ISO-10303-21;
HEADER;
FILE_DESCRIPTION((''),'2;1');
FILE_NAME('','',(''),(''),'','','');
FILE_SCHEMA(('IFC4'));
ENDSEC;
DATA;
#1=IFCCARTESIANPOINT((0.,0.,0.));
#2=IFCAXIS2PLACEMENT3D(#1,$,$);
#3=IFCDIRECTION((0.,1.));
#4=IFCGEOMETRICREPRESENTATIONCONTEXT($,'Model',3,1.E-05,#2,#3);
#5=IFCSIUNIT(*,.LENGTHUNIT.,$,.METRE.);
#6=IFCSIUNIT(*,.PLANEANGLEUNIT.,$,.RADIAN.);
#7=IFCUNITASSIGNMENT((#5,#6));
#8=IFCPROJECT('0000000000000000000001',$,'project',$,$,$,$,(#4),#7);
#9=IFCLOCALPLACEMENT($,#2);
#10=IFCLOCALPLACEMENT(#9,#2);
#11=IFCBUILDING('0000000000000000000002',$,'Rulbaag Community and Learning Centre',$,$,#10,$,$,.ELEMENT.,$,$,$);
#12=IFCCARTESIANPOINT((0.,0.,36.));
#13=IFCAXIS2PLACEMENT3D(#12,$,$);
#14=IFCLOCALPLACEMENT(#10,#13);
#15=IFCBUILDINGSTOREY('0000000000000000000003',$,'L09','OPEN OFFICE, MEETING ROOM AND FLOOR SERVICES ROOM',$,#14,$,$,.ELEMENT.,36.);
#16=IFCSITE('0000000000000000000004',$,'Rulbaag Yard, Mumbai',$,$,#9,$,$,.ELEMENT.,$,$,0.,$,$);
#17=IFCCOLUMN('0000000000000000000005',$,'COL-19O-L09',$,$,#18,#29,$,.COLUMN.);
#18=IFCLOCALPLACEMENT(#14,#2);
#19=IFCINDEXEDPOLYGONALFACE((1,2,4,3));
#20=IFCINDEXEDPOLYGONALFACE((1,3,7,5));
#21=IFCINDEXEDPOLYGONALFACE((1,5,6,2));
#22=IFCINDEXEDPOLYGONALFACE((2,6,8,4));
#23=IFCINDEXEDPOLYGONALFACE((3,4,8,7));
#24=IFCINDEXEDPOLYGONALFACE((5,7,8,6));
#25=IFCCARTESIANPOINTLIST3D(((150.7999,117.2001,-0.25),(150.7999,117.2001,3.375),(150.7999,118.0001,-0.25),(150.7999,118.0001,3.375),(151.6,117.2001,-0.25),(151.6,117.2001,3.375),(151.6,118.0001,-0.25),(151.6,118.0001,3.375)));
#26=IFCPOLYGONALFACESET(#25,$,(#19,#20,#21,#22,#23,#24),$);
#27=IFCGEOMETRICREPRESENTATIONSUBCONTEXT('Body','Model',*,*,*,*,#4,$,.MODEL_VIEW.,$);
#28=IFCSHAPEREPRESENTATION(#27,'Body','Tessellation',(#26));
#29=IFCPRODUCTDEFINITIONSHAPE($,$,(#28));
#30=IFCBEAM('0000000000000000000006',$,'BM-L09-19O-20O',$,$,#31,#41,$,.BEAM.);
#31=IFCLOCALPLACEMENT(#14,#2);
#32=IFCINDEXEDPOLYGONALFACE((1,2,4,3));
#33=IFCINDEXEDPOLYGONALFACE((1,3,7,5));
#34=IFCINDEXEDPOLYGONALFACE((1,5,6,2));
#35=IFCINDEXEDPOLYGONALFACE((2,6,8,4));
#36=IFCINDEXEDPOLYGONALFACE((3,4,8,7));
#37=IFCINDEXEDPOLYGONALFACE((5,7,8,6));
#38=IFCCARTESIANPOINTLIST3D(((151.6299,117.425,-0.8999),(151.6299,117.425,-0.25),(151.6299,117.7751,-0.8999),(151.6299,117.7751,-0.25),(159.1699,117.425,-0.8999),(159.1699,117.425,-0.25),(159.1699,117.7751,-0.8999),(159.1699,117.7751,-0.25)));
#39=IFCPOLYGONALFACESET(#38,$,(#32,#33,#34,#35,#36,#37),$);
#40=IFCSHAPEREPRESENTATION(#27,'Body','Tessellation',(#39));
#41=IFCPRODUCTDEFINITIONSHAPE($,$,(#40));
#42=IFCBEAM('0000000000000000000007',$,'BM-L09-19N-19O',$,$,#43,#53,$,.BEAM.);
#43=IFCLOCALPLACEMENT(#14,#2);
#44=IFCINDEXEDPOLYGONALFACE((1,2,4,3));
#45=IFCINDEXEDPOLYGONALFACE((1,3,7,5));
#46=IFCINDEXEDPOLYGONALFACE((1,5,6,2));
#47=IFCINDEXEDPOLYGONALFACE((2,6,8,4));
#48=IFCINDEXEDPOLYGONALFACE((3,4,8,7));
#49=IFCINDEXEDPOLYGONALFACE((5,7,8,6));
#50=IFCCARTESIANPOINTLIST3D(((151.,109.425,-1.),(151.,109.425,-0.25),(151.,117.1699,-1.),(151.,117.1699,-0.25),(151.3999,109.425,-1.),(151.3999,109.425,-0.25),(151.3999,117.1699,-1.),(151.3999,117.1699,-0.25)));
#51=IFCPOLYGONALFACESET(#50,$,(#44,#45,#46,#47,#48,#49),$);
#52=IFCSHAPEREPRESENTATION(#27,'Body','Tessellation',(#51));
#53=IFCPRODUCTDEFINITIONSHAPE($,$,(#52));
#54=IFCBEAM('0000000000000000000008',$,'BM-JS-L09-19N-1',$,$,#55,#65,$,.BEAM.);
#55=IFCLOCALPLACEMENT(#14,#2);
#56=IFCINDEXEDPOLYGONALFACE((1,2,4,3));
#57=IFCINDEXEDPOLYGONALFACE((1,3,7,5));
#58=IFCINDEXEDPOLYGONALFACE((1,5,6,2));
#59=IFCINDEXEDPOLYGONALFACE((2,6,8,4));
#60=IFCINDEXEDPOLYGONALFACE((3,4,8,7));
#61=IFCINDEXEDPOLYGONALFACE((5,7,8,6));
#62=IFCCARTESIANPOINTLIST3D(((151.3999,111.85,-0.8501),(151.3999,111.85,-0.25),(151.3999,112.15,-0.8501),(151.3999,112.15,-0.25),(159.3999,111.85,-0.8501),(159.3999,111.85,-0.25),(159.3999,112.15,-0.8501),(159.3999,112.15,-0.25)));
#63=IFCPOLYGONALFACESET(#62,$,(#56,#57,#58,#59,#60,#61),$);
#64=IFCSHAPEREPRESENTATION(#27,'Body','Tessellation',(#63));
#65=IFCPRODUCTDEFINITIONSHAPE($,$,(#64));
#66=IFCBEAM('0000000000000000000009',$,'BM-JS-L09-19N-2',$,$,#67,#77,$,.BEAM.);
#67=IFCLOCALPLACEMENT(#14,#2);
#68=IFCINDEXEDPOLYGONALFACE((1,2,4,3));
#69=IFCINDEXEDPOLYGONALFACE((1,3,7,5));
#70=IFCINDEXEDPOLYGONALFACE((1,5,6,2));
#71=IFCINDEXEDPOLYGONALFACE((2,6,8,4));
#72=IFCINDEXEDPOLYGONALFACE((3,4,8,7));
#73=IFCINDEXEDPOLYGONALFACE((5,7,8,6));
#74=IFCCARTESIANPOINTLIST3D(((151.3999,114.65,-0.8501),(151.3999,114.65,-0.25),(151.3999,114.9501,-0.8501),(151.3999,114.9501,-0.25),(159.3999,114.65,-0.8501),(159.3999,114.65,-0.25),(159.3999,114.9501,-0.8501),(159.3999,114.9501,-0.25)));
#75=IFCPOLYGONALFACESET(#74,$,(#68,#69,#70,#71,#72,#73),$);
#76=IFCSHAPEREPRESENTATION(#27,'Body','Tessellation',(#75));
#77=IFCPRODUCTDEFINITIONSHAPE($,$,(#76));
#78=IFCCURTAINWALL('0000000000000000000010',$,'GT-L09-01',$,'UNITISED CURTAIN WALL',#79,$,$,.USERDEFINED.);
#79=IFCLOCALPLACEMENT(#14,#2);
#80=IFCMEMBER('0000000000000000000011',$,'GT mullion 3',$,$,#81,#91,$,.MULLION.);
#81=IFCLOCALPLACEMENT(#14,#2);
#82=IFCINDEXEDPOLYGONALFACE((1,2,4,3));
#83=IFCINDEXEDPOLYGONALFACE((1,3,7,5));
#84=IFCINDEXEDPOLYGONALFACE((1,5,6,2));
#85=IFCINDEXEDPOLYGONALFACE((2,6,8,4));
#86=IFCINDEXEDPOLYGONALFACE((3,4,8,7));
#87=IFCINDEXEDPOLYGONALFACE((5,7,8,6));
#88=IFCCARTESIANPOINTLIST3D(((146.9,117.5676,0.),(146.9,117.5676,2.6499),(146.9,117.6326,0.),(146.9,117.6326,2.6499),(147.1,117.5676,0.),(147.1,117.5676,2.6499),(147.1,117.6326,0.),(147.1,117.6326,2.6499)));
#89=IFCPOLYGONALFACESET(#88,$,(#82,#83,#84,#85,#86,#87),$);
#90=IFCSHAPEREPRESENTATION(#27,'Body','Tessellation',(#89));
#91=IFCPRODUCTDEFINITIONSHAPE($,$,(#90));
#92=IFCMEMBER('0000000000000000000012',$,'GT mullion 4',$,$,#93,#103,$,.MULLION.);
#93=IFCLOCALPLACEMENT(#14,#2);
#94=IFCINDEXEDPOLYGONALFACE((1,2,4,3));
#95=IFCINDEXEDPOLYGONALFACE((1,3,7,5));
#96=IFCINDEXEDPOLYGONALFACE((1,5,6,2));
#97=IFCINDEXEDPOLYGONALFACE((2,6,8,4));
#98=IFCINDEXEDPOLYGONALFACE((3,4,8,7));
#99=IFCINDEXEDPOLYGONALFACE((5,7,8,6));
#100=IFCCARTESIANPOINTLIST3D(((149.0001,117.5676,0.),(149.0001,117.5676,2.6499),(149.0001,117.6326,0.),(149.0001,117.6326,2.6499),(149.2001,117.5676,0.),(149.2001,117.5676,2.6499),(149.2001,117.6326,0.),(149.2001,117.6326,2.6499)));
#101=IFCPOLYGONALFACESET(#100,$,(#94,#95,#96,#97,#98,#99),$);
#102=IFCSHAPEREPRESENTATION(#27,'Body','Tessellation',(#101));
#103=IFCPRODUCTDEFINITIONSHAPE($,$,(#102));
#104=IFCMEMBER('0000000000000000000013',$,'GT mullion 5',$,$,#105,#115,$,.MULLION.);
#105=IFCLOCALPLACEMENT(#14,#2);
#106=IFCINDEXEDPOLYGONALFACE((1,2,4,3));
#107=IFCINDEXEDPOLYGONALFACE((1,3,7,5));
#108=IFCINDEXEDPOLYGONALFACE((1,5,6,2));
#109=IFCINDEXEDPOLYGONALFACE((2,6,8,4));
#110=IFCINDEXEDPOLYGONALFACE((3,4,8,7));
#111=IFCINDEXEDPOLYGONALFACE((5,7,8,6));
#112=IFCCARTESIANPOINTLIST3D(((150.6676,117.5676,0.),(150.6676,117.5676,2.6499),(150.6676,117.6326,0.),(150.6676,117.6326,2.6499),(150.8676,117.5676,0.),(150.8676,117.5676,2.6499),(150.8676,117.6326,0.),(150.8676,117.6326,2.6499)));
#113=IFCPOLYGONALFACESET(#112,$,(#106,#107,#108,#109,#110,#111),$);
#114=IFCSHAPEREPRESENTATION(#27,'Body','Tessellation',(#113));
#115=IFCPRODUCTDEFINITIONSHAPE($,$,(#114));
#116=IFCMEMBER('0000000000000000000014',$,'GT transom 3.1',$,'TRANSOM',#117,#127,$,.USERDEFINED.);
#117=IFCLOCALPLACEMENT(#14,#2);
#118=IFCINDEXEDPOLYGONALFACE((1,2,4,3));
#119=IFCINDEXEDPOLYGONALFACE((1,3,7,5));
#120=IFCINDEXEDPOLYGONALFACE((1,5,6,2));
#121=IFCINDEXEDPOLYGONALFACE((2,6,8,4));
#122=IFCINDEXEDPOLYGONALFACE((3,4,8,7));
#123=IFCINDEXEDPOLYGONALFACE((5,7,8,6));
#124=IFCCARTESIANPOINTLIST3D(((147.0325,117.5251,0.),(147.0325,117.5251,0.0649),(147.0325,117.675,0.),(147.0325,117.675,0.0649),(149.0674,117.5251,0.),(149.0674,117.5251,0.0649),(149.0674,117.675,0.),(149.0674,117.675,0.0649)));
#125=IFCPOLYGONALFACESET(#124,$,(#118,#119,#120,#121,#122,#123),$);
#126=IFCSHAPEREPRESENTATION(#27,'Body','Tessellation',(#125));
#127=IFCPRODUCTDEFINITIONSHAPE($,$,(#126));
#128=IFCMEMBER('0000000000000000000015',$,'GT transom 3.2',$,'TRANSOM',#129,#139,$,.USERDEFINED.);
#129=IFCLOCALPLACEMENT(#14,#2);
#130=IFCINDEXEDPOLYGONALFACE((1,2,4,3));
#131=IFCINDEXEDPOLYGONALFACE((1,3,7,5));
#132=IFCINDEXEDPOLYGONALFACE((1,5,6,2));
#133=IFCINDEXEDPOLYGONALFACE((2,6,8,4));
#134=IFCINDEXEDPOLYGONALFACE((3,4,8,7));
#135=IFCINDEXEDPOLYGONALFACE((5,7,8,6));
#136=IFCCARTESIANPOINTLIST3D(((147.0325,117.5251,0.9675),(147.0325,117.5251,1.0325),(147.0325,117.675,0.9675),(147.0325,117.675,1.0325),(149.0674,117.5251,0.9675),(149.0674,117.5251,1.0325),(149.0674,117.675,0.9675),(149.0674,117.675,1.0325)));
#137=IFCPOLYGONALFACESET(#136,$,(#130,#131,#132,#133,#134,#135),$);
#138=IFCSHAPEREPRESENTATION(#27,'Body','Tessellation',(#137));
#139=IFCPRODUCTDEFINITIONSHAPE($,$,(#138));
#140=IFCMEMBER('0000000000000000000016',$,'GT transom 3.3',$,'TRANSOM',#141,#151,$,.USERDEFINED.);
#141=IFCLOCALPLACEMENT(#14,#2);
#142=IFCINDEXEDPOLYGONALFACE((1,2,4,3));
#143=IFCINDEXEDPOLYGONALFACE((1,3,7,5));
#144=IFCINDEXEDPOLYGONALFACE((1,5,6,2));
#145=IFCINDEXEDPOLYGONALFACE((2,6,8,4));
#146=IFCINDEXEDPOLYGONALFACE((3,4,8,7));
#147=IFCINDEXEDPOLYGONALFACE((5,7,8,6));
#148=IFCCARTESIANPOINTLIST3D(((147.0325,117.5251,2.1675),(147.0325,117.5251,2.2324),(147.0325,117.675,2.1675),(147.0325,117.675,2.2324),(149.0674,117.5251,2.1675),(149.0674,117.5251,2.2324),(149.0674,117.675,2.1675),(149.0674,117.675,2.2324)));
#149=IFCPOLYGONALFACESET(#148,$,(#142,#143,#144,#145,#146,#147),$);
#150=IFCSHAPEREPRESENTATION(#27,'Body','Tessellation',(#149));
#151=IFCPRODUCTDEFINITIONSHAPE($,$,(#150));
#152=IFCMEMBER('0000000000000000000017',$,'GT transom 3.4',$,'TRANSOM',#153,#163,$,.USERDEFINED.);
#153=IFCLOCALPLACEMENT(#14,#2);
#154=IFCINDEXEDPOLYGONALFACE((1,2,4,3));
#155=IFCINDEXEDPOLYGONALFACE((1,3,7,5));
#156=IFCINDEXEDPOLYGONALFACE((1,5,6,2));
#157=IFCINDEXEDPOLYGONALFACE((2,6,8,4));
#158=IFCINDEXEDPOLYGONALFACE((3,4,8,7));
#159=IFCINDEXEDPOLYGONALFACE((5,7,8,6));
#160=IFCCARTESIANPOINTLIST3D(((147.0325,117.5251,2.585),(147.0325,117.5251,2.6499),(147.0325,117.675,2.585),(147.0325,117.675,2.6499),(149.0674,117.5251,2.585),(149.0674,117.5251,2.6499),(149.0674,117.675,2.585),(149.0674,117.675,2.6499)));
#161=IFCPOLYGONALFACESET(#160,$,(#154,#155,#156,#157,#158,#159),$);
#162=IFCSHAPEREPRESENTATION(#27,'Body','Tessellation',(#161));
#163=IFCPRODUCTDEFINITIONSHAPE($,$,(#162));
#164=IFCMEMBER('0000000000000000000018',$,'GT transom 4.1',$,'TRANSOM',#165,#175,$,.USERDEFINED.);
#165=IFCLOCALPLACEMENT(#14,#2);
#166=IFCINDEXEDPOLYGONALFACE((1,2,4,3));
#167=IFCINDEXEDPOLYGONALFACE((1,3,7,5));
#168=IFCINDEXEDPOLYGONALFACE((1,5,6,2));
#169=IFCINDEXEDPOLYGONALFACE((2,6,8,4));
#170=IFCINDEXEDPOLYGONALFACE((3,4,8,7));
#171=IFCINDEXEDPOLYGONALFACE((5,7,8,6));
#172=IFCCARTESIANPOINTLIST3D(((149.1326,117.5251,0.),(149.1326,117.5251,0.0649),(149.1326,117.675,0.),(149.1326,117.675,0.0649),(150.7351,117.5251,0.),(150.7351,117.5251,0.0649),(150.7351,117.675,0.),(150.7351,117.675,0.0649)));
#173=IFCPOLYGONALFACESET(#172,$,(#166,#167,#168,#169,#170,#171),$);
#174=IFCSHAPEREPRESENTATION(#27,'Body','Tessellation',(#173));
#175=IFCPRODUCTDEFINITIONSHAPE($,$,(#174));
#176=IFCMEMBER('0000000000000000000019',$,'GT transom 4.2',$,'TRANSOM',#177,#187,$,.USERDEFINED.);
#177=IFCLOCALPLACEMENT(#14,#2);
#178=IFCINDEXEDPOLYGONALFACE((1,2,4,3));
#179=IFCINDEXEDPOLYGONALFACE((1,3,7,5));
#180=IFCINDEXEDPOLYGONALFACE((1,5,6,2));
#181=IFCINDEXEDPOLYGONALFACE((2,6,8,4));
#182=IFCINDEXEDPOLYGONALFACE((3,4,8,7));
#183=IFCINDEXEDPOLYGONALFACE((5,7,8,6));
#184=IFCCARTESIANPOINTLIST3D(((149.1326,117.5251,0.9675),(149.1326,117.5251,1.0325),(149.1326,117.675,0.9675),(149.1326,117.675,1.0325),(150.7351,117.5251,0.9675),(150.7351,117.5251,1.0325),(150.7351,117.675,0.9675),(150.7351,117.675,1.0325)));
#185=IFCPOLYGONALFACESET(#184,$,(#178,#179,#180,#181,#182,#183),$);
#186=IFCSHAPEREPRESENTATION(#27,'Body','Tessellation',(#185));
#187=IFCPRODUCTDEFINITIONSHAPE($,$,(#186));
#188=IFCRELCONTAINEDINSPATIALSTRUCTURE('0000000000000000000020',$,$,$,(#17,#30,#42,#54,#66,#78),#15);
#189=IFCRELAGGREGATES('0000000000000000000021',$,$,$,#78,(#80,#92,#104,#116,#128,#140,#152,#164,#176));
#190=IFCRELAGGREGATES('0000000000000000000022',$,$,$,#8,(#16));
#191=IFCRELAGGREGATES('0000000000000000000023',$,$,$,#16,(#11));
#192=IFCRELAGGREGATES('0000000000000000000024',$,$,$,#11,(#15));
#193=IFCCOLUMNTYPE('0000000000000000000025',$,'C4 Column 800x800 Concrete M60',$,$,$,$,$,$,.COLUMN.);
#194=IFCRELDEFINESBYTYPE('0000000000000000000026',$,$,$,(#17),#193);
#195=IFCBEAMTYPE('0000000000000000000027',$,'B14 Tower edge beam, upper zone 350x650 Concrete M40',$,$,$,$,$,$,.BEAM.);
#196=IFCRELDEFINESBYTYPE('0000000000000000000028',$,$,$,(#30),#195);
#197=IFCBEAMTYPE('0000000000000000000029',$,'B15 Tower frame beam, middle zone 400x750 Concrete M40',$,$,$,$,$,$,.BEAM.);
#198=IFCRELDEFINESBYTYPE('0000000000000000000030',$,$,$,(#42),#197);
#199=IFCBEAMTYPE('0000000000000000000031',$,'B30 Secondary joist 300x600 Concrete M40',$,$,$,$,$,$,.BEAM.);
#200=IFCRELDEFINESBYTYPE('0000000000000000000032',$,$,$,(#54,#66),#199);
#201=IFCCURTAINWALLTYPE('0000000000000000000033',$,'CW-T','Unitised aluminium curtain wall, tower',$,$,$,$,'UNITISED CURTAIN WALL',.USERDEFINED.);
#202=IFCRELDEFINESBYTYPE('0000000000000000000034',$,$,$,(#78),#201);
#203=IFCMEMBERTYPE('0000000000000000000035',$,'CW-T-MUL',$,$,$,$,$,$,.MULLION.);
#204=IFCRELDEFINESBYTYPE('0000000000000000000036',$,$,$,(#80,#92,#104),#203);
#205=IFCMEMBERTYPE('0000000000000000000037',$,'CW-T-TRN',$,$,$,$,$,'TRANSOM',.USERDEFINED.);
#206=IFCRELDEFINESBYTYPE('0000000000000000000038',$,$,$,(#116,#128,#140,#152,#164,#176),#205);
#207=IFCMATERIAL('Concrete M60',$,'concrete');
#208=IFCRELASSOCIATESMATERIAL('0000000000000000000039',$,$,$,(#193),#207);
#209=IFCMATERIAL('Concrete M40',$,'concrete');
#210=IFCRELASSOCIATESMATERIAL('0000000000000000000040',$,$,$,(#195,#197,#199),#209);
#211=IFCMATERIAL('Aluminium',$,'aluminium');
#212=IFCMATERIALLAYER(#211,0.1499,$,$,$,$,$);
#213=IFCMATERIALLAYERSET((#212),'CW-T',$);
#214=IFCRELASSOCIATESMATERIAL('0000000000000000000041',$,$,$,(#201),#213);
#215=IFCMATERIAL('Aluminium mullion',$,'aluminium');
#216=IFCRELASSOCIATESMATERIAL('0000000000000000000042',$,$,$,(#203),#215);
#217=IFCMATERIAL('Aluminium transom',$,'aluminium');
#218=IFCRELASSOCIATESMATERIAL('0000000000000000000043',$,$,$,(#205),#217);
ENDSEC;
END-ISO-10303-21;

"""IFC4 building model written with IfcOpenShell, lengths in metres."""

from ifc_helpers import new_model, si_unit, direction, frame, origin, origin_2d, place, context, subcontext, project, spatial, rectangle, extrude, material, layer, layer_set, material_profile, profile_set, type_object, element, aggregate, save


model = new_model("IFC4")

# Units and contexts
model_context = context("Model", 3, precision=1e-05, world=origin(), true_north=direction((0.0, 1.0)))
body_context = subcontext(model_context, "Body", "Model", "MODEL_VIEW")
ifc_project = project(units=[si_unit("LENGTHUNIT", "METRE"), si_unit("PLANEANGLEUNIT", "RADIAN")], contexts=[model_context])

# Site, building, storey
site_placement = place(None, origin())
site = spatial("IfcSite", under=ifc_project, at=site_placement, Name="Rulbaag Yard, Mumbai", CompositionType="ELEMENT", RefElevation=0.0)
building_placement = place(site_placement, origin())
building = spatial("IfcBuilding", under=site, at=building_placement, Name="Rulbaag Community and Learning Centre", CompositionType="ELEMENT")
storey_placement = place(building_placement, frame((0.0, 0.0, 36.0)))
storey = spatial("IfcBuildingStorey", under=building, at=storey_placement, Name="L09", Description="OPEN OFFICE, MEETING ROOM AND FLOOR SERVICES ROOM", CompositionType="ELEMENT", Elevation=36.0)

# Column
ifc_material_1 = material(Name="Concrete M60", Category="concrete")
ifc_material_profile_1 = material_profile(ifc_material_1, rectangle(XDim=0.8, YDim=0.8, at=origin_2d()), Name="RC800x800")
ifc_profile_set_1 = profile_set([ifc_material_profile_1], Name="Concrete M60")
column_type = type_object("IfcColumnType", Name="C4 Column 800x800 Concrete M60", PredefinedType="COLUMN", material=ifc_profile_set_1)
column_placement = place(storey_placement, frame((151.2, 117.6001, -0.25), z_axis=(0.0, 0.0, 1.0), x_axis=(1.0, 0.0, 0.0)))
element("IfcColumn", 1, at=column_placement, inside=storey, type_object=column_type, Name="COL-19O-L09", PredefinedType="COLUMN", context=body_context, shape_type="SweptSolid", body=[
    extrude(rectangle(XDim=0.8, YDim=0.8, at=origin_2d()), origin(), (0.0, 0.0, 1.0), 3.625),
])

# Beams
ifc_material_2 = material(Name="Concrete M40", Category="concrete")
ifc_material_profile_2 = material_profile(ifc_material_2, rectangle(XDim=0.3501, YDim=0.6499, at=origin_2d()), Name="RB350x650")
ifc_profile_set_2 = profile_set([ifc_material_profile_2], Name="Concrete M40")
beam_type_1 = type_object("IfcBeamType", Name="B14 Tower edge beam, upper zone 350x650 Concrete M40", PredefinedType="BEAM", material=ifc_profile_set_2)
beam_1_placement = place(storey_placement, frame((151.6299, 117.6001, -0.575), z_axis=(1.0, 0.0, 0.0), x_axis=(0.0, 1.0, 0.0)))
element("IfcBeam", 2, at=beam_1_placement, inside=storey, type_object=beam_type_1, Name="BM-L09-19O-20O", PredefinedType="BEAM", context=body_context, shape_type="SweptSolid", body=[
    extrude(rectangle(XDim=0.3501, YDim=0.6499, at=origin_2d()), origin(), (0.0, 0.0, 1.0), 7.54),
])
ifc_material_profile_3 = material_profile(ifc_material_2, rectangle(XDim=0.3999, YDim=0.75, at=origin_2d()), Name="RB400x750")
ifc_profile_set_3 = profile_set([ifc_material_profile_3], Name="Concrete M40")
beam_type_2 = type_object("IfcBeamType", Name="B15 Tower frame beam, middle zone 400x750 Concrete M40", PredefinedType="BEAM", material=ifc_profile_set_3)
beam_2_placement = place(storey_placement, frame((151.2, 109.425, -0.625), z_axis=(0.0, 1.0, 0.0), x_axis=(-1.0, 0.0, 0.0)))
element("IfcBeam", 3, at=beam_2_placement, inside=storey, type_object=beam_type_2, Name="BM-L09-19N-19O", PredefinedType="BEAM", context=body_context, shape_type="SweptSolid", body=[
    extrude(rectangle(XDim=0.3999, YDim=0.75, at=origin_2d()), origin(), (0.0, 0.0, 1.0), 7.7449),
])
ifc_material_profile_4 = material_profile(ifc_material_2, rectangle(XDim=0.3, YDim=0.6001, at=origin_2d()), Name="RB300x600")
ifc_profile_set_4 = profile_set([ifc_material_profile_4], Name="Concrete M40")
beam_type_3 = type_object("IfcBeamType", Name="B30 Secondary joist 300x600 Concrete M40", PredefinedType="BEAM", material=ifc_profile_set_4)
for number, where, z_axis, x_axis, name in (
    (4, (151.3999, 112.0, -0.55), (1.0, 0.0, 0.0), (0.0, 1.0, 0.0), "BM-JS-L09-19N-1"),
    (5, (151.3999, 114.8, -0.55), (1.0, 0.0, 0.0), (0.0, 1.0, 0.0), "BM-JS-L09-19N-2"),
):
    element("IfcBeam", number, at=place(storey_placement, frame(where, z_axis=z_axis, x_axis=x_axis)), inside=storey, type_object=beam_type_3, Name=name, PredefinedType="BEAM", context=body_context, shape_type="SweptSolid", body=[
        extrude(rectangle(XDim=0.3, YDim=0.6001, at=origin_2d()), origin(), (0.0, 0.0, 1.0), 8.0),
    ])

# Curtain wall, members
ifc_material_3 = material(Name="Aluminium", Category="aluminium")
ifc_layer_1 = layer(ifc_material_3, 0.1499)
ifc_layer_set_1 = layer_set([ifc_layer_1], Name="CW-T")
curtain_wall_type = type_object("IfcCurtainWallType", Name="CW-T", Description="Unitised aluminium curtain wall, tower", ElementType="UNITISED CURTAIN WALL", PredefinedType="USERDEFINED", material=ifc_layer_set_1)
curtain_wall_placement = place(storey_placement, origin())
curtain_wall = element("IfcCurtainWall", 6, at=curtain_wall_placement, inside=storey, type_object=curtain_wall_type, Name="GT-L09-01", ObjectType="UNITISED CURTAIN WALL", PredefinedType="USERDEFINED")
ifc_material_4 = material(Name="Aluminium mullion", Category="aluminium")
ifc_material_profile_5 = material_profile(ifc_material_4, rectangle(XDim=0.0649, YDim=0.2, at=origin_2d()), Name="AL 65x200")
ifc_profile_set_5 = profile_set([ifc_material_profile_5], Name="Aluminium mullion")
member_type_1 = type_object("IfcMemberType", Name="CW-T-MUL", PredefinedType="MULLION", material=ifc_profile_set_5)
member_1_placement = place(storey_placement, frame((147.0, 117.6001, 0.0), z_axis=(0.0, 0.0, 1.0), x_axis=(0.0, 1.0, 0.0)))
member_1 = element("IfcMember", 7, at=member_1_placement, type_object=member_type_1, Name="GT mullion 3", PredefinedType="MULLION", context=body_context, shape_type="SweptSolid", body=[
    extrude(rectangle(XDim=0.0649, YDim=0.2, at=origin_2d()), origin(), (0.0, 0.0, 1.0), 2.6499),
])
member_2_placement = place(storey_placement, frame((149.1001, 117.6001, 0.0), z_axis=(0.0, 0.0, 1.0), x_axis=(0.0, 1.0, 0.0)))
member_2 = element("IfcMember", 8, at=member_2_placement, type_object=member_type_1, Name="GT mullion 4", PredefinedType="MULLION", context=body_context, shape_type="SweptSolid", body=[
    extrude(rectangle(XDim=0.0649, YDim=0.2, at=origin_2d()), origin(), (0.0, 0.0, 1.0), 2.6499),
])
member_3_placement = place(storey_placement, frame((150.7676, 117.6001, 0.0), z_axis=(0.0, 0.0, 1.0), x_axis=(0.0, 1.0, 0.0)))
member_3 = element("IfcMember", 9, at=member_3_placement, type_object=member_type_1, Name="GT mullion 5", PredefinedType="MULLION", context=body_context, shape_type="SweptSolid", body=[
    extrude(rectangle(XDim=0.0649, YDim=0.2, at=origin_2d()), origin(), (0.0, 0.0, 1.0), 2.6499),
])
ifc_material_5 = material(Name="Aluminium transom", Category="aluminium")
ifc_material_profile_6 = material_profile(ifc_material_5, rectangle(XDim=0.1499, YDim=0.0649, at=origin_2d()), Name="AL 65x150 T")
ifc_profile_set_6 = profile_set([ifc_material_profile_6], Name="Aluminium transom")
member_type_2 = type_object("IfcMemberType", Name="CW-T-TRN", ElementType="TRANSOM", PredefinedType="USERDEFINED", material=ifc_profile_set_6)
member_4_placement = place(storey_placement, frame((147.0325, 117.6001, 0.0325), z_axis=(1.0, 0.0, 0.0), x_axis=(0.0, 1.0, 0.0)))
member_4 = element("IfcMember", 10, at=member_4_placement, type_object=member_type_2, Name="GT transom 3.1", ObjectType="TRANSOM", PredefinedType="USERDEFINED", context=body_context, shape_type="SweptSolid", body=[
    extrude(rectangle(XDim=0.1499, YDim=0.0649, at=origin_2d()), origin(), (0.0, 0.0, 1.0), 2.0349),
])
member_5_placement = place(storey_placement, frame((147.0325, 117.6001, 1.0), z_axis=(1.0, 0.0, 0.0), x_axis=(0.0, 1.0, 0.0)))
member_5 = element("IfcMember", 11, at=member_5_placement, type_object=member_type_2, Name="GT transom 3.2", ObjectType="TRANSOM", PredefinedType="USERDEFINED", context=body_context, shape_type="SweptSolid", body=[
    extrude(rectangle(XDim=0.1499, YDim=0.0649, at=origin_2d()), origin(), (0.0, 0.0, 1.0), 2.0349),
])
member_6_placement = place(storey_placement, frame((147.0325, 117.6001, 2.2), z_axis=(1.0, 0.0, 0.0), x_axis=(0.0, 1.0, 0.0)))
member_6 = element("IfcMember", 12, at=member_6_placement, type_object=member_type_2, Name="GT transom 3.3", ObjectType="TRANSOM", PredefinedType="USERDEFINED", context=body_context, shape_type="SweptSolid", body=[
    extrude(rectangle(XDim=0.1499, YDim=0.0649, at=origin_2d()), origin(), (0.0, 0.0, 1.0), 2.0349),
])
member_7_placement = place(storey_placement, frame((147.0325, 117.6001, 2.6174), z_axis=(1.0, 0.0, 0.0), x_axis=(0.0, 1.0, 0.0)))
member_7 = element("IfcMember", 13, at=member_7_placement, type_object=member_type_2, Name="GT transom 3.4", ObjectType="TRANSOM", PredefinedType="USERDEFINED", context=body_context, shape_type="SweptSolid", body=[
    extrude(rectangle(XDim=0.1499, YDim=0.0649, at=origin_2d()), origin(), (0.0, 0.0, 1.0), 2.0349),
])
member_8_placement = place(storey_placement, frame((149.1326, 117.6001, 0.0325), z_axis=(1.0, 0.0, 0.0), x_axis=(0.0, 1.0, 0.0)))
member_8 = element("IfcMember", 14, at=member_8_placement, type_object=member_type_2, Name="GT transom 4.1", ObjectType="TRANSOM", PredefinedType="USERDEFINED", context=body_context, shape_type="SweptSolid", body=[
    extrude(rectangle(XDim=0.1499, YDim=0.0649, at=origin_2d()), origin(), (0.0, 0.0, 1.0), 1.6025),
])
member_9_placement = place(storey_placement, frame((149.1326, 117.6001, 1.0), z_axis=(1.0, 0.0, 0.0), x_axis=(0.0, 1.0, 0.0)))
member_9 = element("IfcMember", 15, at=member_9_placement, type_object=member_type_2, Name="GT transom 4.2", ObjectType="TRANSOM", PredefinedType="USERDEFINED", context=body_context, shape_type="SweptSolid", body=[
    extrude(rectangle(XDim=0.1499, YDim=0.0649, at=origin_2d()), origin(), (0.0, 0.0, 1.0), 1.6025),
])
aggregate(curtain_wall, [member_1, member_2, member_3, member_4, member_5, member_6, member_7, member_8, member_9])

save(model, "model.ifc")
